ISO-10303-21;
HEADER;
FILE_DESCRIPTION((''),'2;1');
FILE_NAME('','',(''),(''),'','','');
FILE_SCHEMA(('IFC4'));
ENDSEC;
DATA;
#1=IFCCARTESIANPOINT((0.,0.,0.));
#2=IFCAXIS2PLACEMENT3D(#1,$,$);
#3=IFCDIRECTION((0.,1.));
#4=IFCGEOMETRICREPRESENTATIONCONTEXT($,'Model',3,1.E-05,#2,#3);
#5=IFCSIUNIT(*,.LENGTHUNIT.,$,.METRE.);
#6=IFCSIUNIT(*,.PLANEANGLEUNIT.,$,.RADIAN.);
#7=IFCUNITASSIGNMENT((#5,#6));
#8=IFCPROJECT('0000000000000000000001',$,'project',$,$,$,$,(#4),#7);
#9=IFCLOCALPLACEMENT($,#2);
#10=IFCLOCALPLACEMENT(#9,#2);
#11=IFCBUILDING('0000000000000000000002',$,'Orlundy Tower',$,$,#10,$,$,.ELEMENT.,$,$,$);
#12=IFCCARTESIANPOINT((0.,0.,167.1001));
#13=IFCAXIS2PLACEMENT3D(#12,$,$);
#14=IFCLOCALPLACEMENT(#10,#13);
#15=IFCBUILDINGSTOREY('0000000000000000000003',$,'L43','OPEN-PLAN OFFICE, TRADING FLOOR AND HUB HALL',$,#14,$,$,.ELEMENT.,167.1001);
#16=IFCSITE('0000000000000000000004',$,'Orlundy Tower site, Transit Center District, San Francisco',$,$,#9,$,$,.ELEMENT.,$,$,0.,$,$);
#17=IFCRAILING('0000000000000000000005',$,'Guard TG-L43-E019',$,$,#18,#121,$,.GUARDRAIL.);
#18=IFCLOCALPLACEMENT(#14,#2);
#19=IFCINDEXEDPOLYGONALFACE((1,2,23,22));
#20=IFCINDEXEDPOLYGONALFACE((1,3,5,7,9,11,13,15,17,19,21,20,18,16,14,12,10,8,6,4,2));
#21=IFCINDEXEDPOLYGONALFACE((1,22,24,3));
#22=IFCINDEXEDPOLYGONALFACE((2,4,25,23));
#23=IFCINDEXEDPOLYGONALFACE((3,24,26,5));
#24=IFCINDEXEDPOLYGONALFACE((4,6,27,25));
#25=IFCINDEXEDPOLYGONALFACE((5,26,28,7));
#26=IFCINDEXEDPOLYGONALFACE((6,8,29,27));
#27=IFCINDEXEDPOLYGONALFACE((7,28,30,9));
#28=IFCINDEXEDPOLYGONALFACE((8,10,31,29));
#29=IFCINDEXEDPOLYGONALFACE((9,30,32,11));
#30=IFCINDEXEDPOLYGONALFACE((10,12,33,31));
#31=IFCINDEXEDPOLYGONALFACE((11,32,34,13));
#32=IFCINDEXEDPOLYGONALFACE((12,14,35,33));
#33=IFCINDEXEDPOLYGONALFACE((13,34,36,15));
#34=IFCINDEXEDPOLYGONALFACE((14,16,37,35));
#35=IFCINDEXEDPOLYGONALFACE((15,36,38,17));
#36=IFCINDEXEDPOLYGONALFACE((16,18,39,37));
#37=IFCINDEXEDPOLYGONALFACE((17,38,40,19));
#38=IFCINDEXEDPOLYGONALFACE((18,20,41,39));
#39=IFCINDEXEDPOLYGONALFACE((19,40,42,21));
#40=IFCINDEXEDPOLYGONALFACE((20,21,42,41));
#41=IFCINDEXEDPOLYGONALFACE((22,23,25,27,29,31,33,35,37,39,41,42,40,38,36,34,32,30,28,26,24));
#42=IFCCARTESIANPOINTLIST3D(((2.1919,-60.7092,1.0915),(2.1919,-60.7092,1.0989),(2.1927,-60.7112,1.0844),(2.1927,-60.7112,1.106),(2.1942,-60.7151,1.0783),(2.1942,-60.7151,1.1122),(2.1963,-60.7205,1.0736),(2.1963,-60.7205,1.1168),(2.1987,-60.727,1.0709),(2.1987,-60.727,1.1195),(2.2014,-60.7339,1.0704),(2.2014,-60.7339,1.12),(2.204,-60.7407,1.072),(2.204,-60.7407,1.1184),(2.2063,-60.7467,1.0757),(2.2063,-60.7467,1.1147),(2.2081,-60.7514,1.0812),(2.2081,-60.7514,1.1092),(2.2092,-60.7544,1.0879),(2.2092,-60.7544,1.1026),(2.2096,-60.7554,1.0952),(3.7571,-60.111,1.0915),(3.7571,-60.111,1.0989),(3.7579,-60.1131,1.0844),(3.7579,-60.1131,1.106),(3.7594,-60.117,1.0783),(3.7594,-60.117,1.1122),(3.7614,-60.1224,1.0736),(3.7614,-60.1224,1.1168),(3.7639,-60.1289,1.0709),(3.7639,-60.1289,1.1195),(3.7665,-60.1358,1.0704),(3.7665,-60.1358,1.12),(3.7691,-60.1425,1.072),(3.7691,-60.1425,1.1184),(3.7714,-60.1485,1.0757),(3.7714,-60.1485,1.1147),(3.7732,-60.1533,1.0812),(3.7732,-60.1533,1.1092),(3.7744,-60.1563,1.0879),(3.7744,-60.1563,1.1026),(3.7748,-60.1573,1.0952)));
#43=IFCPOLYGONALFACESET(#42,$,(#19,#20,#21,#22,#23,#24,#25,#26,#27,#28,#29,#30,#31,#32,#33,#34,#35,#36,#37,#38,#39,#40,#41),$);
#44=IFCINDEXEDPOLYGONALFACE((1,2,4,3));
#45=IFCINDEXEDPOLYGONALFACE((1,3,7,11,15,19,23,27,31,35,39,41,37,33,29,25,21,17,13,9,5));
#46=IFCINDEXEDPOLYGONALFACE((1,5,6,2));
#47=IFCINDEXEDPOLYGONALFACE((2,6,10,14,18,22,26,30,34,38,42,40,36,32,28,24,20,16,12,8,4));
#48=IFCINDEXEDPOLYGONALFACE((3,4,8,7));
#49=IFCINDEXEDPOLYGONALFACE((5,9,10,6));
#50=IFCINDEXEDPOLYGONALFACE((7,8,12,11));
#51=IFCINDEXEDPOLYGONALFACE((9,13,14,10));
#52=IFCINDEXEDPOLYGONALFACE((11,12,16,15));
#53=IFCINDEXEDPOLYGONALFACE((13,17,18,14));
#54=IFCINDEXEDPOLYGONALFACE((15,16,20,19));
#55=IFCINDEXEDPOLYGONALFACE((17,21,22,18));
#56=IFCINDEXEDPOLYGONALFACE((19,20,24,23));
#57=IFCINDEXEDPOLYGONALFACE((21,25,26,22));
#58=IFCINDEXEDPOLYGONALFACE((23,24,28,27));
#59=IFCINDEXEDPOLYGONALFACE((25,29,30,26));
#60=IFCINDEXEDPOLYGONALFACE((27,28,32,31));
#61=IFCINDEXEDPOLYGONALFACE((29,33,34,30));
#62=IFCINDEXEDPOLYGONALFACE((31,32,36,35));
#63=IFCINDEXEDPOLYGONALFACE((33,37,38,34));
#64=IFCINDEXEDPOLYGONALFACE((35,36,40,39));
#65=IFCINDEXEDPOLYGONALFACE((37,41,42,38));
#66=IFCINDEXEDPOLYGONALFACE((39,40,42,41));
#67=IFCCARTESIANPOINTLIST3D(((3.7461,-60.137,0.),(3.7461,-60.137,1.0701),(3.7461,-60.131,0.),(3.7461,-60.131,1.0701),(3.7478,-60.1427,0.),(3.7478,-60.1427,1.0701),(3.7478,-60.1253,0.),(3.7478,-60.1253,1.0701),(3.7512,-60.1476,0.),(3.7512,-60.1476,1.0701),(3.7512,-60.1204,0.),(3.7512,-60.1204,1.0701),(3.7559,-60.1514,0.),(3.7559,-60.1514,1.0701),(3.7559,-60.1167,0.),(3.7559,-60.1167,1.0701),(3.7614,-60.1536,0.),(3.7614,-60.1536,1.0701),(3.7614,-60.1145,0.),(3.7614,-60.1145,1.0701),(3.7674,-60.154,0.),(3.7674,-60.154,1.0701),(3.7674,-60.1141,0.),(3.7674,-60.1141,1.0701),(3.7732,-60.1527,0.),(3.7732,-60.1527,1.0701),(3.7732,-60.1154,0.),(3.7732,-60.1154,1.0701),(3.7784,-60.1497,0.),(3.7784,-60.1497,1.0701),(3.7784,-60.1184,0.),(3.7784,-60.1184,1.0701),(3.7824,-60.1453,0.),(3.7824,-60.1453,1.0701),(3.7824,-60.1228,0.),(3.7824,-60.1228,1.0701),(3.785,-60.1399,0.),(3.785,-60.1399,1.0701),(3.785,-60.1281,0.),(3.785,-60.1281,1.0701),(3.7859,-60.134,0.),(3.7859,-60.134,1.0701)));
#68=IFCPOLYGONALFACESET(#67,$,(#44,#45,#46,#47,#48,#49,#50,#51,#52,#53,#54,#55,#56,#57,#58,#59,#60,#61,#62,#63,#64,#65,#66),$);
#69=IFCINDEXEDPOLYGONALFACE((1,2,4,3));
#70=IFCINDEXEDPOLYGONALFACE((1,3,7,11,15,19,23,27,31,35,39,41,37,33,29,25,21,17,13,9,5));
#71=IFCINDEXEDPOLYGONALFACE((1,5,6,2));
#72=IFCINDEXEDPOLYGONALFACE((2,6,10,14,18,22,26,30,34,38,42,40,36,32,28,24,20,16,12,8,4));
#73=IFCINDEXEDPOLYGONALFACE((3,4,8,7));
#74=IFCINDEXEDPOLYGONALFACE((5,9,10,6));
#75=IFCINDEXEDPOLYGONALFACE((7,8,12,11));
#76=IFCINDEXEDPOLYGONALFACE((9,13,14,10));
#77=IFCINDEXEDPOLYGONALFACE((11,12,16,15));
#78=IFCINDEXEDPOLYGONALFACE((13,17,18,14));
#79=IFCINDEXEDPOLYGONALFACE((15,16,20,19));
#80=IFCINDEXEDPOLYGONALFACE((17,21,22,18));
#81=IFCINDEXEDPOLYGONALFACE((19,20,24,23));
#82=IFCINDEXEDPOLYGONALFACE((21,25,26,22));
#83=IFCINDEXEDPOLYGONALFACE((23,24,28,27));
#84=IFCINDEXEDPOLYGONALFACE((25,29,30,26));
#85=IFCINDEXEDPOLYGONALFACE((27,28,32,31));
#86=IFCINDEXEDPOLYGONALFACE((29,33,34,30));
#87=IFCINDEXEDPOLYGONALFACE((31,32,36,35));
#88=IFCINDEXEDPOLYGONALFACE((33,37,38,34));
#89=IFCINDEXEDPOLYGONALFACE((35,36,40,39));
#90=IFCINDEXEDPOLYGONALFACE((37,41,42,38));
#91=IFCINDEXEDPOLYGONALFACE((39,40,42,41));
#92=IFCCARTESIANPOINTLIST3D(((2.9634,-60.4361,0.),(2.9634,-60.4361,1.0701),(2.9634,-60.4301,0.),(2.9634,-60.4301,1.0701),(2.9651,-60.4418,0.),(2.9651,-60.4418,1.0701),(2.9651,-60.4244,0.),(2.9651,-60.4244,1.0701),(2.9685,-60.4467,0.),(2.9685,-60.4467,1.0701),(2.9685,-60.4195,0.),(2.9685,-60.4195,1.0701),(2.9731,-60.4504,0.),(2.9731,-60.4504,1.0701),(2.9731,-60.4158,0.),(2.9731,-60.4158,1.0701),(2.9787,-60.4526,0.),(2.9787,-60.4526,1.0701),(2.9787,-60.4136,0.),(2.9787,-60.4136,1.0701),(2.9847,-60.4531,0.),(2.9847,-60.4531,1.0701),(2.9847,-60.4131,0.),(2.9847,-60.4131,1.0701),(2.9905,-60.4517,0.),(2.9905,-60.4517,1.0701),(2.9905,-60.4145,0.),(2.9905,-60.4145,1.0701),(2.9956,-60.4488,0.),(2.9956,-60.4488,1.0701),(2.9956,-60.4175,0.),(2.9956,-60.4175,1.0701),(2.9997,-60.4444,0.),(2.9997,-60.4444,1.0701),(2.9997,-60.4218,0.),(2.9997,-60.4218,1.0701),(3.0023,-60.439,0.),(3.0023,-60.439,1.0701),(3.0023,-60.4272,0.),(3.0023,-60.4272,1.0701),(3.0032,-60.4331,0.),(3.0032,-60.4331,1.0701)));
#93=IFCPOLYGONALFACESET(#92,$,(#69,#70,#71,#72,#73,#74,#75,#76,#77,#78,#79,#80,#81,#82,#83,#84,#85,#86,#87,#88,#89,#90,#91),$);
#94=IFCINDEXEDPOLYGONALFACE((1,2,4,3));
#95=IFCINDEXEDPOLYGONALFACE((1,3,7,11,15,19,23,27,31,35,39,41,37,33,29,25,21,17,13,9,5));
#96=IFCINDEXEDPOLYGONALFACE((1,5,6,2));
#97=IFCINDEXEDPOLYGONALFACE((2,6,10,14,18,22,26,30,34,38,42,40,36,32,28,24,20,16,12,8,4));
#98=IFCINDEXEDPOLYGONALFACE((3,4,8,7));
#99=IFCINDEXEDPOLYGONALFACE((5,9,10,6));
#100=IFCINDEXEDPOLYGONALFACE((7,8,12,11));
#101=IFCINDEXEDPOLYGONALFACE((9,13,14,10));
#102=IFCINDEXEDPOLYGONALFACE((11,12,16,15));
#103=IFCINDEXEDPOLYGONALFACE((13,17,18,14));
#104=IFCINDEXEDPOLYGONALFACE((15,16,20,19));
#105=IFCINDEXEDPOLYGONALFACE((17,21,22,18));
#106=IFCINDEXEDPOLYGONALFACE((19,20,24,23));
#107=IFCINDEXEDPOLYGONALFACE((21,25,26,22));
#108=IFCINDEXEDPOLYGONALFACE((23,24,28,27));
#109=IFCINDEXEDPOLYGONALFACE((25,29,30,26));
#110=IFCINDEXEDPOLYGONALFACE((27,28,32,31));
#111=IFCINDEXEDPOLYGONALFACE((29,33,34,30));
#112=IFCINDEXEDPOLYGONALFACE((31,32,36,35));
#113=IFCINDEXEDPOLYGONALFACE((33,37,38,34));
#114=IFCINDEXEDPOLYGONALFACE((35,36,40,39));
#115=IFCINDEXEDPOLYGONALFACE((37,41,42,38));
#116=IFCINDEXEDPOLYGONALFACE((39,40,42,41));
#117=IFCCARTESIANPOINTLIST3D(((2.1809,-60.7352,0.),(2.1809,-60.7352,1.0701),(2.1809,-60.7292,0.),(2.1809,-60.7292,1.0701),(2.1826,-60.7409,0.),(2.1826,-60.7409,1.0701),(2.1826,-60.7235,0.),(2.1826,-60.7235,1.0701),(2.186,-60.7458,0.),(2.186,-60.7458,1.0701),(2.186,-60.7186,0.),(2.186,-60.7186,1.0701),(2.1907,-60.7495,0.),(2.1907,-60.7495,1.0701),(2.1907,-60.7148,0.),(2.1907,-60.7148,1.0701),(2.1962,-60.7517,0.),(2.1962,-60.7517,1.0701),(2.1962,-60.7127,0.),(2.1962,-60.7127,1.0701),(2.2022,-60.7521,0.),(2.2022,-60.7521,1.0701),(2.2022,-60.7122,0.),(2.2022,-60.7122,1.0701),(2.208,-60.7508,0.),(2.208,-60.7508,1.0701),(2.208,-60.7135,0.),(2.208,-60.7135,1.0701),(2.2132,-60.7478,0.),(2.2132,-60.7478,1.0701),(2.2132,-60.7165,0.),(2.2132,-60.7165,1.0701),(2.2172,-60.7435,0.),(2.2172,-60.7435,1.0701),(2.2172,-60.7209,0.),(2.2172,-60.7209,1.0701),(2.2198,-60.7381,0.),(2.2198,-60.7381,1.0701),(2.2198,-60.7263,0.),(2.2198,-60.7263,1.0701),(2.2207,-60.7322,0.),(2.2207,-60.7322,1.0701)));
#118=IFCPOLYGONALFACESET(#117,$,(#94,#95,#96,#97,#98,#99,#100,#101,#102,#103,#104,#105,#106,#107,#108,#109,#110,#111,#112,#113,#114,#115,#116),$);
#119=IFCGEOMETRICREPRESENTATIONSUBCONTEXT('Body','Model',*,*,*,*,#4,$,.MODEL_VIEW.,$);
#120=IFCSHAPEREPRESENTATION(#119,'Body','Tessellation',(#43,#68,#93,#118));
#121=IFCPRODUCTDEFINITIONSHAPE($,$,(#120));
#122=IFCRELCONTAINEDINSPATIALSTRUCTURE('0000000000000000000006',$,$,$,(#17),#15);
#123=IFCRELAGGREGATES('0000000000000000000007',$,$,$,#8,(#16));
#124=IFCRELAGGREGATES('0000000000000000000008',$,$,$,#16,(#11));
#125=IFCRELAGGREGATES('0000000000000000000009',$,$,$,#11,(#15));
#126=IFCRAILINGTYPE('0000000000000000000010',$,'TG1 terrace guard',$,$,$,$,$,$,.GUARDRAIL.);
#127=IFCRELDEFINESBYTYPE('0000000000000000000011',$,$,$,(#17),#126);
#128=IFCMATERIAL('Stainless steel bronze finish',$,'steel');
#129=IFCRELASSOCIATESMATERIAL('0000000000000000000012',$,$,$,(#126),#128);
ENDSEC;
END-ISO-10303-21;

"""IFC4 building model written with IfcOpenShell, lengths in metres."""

from ifc_helpers import new_model, si_unit, direction, frame, origin, origin_2d, place, context, subcontext, project, spatial, circle, extrude, material, type_object, element, save


model = new_model("IFC4")

# Units and contexts
model_context = context("Model", 3, precision=1e-05, world=origin(), true_north=direction((0.0, 1.0)))
body_context = subcontext(model_context, "Body", "Model", "MODEL_VIEW")
ifc_project = project(units=[si_unit("LENGTHUNIT", "METRE"), si_unit("PLANEANGLEUNIT", "RADIAN")], contexts=[model_context])

# Site, building, storey
site_placement = place(None, origin())
site = spatial("IfcSite", under=ifc_project, at=site_placement, Name="Orlundy Tower site, Transit Center District, San Francisco", CompositionType="ELEMENT", RefElevation=0.0)
building_placement = place(site_placement, origin())
building = spatial("IfcBuilding", under=site, at=building_placement, Name="Orlundy Tower", CompositionType="ELEMENT")
storey_placement = place(building_placement, frame((0.0, 0.0, 167.1001)))
storey = spatial("IfcBuildingStorey", under=building, at=storey_placement, Name="L43", Description="OPEN-PLAN OFFICE, TRADING FLOOR AND HUB HALL", CompositionType="ELEMENT", Elevation=167.1001)

# Railing
ifc_material_1 = material(Name="Stainless steel bronze finish", Category="steel")
railing_type = type_object("IfcRailingType", Name="TG1 terrace guard", PredefinedType="GUARDRAIL", material=ifc_material_1)
railing_1_placement = place(storey_placement, frame((3.7659, -60.134, 0.0)))
element("IfcRailing", 1, at=railing_1_placement, inside=storey, type_object=railing_type, Name="Guard TG-L43-E019", PredefinedType="GUARDRAIL", context=body_context, shape_type="SweptSolid", body=[
    extrude(circle(Radius=0.0249, at=origin_2d()), frame((0.0, 0.0, 1.0952), z_axis=(-0.934113, -0.356977, 0.0), x_axis=(0.356977, -0.934113, 0.0)), (0.0, 0.0, 1.0), 1.6755),
    extrude(circle(Radius=0.02, at=origin_2d()), origin(), (0.0, 0.0, 1.0), 1.0701),
    extrude(circle(Radius=0.02, at=origin_2d()), frame((-0.7827, -0.2991, 0.0)), (0.0, 0.0, 1.0), 1.0701),
    extrude(circle(Radius=0.02, at=origin_2d()), frame((-1.5652, -0.5981, 0.0)), (0.0, 0.0, 1.0), 1.0701),
])

save(model, "model.ifc")
